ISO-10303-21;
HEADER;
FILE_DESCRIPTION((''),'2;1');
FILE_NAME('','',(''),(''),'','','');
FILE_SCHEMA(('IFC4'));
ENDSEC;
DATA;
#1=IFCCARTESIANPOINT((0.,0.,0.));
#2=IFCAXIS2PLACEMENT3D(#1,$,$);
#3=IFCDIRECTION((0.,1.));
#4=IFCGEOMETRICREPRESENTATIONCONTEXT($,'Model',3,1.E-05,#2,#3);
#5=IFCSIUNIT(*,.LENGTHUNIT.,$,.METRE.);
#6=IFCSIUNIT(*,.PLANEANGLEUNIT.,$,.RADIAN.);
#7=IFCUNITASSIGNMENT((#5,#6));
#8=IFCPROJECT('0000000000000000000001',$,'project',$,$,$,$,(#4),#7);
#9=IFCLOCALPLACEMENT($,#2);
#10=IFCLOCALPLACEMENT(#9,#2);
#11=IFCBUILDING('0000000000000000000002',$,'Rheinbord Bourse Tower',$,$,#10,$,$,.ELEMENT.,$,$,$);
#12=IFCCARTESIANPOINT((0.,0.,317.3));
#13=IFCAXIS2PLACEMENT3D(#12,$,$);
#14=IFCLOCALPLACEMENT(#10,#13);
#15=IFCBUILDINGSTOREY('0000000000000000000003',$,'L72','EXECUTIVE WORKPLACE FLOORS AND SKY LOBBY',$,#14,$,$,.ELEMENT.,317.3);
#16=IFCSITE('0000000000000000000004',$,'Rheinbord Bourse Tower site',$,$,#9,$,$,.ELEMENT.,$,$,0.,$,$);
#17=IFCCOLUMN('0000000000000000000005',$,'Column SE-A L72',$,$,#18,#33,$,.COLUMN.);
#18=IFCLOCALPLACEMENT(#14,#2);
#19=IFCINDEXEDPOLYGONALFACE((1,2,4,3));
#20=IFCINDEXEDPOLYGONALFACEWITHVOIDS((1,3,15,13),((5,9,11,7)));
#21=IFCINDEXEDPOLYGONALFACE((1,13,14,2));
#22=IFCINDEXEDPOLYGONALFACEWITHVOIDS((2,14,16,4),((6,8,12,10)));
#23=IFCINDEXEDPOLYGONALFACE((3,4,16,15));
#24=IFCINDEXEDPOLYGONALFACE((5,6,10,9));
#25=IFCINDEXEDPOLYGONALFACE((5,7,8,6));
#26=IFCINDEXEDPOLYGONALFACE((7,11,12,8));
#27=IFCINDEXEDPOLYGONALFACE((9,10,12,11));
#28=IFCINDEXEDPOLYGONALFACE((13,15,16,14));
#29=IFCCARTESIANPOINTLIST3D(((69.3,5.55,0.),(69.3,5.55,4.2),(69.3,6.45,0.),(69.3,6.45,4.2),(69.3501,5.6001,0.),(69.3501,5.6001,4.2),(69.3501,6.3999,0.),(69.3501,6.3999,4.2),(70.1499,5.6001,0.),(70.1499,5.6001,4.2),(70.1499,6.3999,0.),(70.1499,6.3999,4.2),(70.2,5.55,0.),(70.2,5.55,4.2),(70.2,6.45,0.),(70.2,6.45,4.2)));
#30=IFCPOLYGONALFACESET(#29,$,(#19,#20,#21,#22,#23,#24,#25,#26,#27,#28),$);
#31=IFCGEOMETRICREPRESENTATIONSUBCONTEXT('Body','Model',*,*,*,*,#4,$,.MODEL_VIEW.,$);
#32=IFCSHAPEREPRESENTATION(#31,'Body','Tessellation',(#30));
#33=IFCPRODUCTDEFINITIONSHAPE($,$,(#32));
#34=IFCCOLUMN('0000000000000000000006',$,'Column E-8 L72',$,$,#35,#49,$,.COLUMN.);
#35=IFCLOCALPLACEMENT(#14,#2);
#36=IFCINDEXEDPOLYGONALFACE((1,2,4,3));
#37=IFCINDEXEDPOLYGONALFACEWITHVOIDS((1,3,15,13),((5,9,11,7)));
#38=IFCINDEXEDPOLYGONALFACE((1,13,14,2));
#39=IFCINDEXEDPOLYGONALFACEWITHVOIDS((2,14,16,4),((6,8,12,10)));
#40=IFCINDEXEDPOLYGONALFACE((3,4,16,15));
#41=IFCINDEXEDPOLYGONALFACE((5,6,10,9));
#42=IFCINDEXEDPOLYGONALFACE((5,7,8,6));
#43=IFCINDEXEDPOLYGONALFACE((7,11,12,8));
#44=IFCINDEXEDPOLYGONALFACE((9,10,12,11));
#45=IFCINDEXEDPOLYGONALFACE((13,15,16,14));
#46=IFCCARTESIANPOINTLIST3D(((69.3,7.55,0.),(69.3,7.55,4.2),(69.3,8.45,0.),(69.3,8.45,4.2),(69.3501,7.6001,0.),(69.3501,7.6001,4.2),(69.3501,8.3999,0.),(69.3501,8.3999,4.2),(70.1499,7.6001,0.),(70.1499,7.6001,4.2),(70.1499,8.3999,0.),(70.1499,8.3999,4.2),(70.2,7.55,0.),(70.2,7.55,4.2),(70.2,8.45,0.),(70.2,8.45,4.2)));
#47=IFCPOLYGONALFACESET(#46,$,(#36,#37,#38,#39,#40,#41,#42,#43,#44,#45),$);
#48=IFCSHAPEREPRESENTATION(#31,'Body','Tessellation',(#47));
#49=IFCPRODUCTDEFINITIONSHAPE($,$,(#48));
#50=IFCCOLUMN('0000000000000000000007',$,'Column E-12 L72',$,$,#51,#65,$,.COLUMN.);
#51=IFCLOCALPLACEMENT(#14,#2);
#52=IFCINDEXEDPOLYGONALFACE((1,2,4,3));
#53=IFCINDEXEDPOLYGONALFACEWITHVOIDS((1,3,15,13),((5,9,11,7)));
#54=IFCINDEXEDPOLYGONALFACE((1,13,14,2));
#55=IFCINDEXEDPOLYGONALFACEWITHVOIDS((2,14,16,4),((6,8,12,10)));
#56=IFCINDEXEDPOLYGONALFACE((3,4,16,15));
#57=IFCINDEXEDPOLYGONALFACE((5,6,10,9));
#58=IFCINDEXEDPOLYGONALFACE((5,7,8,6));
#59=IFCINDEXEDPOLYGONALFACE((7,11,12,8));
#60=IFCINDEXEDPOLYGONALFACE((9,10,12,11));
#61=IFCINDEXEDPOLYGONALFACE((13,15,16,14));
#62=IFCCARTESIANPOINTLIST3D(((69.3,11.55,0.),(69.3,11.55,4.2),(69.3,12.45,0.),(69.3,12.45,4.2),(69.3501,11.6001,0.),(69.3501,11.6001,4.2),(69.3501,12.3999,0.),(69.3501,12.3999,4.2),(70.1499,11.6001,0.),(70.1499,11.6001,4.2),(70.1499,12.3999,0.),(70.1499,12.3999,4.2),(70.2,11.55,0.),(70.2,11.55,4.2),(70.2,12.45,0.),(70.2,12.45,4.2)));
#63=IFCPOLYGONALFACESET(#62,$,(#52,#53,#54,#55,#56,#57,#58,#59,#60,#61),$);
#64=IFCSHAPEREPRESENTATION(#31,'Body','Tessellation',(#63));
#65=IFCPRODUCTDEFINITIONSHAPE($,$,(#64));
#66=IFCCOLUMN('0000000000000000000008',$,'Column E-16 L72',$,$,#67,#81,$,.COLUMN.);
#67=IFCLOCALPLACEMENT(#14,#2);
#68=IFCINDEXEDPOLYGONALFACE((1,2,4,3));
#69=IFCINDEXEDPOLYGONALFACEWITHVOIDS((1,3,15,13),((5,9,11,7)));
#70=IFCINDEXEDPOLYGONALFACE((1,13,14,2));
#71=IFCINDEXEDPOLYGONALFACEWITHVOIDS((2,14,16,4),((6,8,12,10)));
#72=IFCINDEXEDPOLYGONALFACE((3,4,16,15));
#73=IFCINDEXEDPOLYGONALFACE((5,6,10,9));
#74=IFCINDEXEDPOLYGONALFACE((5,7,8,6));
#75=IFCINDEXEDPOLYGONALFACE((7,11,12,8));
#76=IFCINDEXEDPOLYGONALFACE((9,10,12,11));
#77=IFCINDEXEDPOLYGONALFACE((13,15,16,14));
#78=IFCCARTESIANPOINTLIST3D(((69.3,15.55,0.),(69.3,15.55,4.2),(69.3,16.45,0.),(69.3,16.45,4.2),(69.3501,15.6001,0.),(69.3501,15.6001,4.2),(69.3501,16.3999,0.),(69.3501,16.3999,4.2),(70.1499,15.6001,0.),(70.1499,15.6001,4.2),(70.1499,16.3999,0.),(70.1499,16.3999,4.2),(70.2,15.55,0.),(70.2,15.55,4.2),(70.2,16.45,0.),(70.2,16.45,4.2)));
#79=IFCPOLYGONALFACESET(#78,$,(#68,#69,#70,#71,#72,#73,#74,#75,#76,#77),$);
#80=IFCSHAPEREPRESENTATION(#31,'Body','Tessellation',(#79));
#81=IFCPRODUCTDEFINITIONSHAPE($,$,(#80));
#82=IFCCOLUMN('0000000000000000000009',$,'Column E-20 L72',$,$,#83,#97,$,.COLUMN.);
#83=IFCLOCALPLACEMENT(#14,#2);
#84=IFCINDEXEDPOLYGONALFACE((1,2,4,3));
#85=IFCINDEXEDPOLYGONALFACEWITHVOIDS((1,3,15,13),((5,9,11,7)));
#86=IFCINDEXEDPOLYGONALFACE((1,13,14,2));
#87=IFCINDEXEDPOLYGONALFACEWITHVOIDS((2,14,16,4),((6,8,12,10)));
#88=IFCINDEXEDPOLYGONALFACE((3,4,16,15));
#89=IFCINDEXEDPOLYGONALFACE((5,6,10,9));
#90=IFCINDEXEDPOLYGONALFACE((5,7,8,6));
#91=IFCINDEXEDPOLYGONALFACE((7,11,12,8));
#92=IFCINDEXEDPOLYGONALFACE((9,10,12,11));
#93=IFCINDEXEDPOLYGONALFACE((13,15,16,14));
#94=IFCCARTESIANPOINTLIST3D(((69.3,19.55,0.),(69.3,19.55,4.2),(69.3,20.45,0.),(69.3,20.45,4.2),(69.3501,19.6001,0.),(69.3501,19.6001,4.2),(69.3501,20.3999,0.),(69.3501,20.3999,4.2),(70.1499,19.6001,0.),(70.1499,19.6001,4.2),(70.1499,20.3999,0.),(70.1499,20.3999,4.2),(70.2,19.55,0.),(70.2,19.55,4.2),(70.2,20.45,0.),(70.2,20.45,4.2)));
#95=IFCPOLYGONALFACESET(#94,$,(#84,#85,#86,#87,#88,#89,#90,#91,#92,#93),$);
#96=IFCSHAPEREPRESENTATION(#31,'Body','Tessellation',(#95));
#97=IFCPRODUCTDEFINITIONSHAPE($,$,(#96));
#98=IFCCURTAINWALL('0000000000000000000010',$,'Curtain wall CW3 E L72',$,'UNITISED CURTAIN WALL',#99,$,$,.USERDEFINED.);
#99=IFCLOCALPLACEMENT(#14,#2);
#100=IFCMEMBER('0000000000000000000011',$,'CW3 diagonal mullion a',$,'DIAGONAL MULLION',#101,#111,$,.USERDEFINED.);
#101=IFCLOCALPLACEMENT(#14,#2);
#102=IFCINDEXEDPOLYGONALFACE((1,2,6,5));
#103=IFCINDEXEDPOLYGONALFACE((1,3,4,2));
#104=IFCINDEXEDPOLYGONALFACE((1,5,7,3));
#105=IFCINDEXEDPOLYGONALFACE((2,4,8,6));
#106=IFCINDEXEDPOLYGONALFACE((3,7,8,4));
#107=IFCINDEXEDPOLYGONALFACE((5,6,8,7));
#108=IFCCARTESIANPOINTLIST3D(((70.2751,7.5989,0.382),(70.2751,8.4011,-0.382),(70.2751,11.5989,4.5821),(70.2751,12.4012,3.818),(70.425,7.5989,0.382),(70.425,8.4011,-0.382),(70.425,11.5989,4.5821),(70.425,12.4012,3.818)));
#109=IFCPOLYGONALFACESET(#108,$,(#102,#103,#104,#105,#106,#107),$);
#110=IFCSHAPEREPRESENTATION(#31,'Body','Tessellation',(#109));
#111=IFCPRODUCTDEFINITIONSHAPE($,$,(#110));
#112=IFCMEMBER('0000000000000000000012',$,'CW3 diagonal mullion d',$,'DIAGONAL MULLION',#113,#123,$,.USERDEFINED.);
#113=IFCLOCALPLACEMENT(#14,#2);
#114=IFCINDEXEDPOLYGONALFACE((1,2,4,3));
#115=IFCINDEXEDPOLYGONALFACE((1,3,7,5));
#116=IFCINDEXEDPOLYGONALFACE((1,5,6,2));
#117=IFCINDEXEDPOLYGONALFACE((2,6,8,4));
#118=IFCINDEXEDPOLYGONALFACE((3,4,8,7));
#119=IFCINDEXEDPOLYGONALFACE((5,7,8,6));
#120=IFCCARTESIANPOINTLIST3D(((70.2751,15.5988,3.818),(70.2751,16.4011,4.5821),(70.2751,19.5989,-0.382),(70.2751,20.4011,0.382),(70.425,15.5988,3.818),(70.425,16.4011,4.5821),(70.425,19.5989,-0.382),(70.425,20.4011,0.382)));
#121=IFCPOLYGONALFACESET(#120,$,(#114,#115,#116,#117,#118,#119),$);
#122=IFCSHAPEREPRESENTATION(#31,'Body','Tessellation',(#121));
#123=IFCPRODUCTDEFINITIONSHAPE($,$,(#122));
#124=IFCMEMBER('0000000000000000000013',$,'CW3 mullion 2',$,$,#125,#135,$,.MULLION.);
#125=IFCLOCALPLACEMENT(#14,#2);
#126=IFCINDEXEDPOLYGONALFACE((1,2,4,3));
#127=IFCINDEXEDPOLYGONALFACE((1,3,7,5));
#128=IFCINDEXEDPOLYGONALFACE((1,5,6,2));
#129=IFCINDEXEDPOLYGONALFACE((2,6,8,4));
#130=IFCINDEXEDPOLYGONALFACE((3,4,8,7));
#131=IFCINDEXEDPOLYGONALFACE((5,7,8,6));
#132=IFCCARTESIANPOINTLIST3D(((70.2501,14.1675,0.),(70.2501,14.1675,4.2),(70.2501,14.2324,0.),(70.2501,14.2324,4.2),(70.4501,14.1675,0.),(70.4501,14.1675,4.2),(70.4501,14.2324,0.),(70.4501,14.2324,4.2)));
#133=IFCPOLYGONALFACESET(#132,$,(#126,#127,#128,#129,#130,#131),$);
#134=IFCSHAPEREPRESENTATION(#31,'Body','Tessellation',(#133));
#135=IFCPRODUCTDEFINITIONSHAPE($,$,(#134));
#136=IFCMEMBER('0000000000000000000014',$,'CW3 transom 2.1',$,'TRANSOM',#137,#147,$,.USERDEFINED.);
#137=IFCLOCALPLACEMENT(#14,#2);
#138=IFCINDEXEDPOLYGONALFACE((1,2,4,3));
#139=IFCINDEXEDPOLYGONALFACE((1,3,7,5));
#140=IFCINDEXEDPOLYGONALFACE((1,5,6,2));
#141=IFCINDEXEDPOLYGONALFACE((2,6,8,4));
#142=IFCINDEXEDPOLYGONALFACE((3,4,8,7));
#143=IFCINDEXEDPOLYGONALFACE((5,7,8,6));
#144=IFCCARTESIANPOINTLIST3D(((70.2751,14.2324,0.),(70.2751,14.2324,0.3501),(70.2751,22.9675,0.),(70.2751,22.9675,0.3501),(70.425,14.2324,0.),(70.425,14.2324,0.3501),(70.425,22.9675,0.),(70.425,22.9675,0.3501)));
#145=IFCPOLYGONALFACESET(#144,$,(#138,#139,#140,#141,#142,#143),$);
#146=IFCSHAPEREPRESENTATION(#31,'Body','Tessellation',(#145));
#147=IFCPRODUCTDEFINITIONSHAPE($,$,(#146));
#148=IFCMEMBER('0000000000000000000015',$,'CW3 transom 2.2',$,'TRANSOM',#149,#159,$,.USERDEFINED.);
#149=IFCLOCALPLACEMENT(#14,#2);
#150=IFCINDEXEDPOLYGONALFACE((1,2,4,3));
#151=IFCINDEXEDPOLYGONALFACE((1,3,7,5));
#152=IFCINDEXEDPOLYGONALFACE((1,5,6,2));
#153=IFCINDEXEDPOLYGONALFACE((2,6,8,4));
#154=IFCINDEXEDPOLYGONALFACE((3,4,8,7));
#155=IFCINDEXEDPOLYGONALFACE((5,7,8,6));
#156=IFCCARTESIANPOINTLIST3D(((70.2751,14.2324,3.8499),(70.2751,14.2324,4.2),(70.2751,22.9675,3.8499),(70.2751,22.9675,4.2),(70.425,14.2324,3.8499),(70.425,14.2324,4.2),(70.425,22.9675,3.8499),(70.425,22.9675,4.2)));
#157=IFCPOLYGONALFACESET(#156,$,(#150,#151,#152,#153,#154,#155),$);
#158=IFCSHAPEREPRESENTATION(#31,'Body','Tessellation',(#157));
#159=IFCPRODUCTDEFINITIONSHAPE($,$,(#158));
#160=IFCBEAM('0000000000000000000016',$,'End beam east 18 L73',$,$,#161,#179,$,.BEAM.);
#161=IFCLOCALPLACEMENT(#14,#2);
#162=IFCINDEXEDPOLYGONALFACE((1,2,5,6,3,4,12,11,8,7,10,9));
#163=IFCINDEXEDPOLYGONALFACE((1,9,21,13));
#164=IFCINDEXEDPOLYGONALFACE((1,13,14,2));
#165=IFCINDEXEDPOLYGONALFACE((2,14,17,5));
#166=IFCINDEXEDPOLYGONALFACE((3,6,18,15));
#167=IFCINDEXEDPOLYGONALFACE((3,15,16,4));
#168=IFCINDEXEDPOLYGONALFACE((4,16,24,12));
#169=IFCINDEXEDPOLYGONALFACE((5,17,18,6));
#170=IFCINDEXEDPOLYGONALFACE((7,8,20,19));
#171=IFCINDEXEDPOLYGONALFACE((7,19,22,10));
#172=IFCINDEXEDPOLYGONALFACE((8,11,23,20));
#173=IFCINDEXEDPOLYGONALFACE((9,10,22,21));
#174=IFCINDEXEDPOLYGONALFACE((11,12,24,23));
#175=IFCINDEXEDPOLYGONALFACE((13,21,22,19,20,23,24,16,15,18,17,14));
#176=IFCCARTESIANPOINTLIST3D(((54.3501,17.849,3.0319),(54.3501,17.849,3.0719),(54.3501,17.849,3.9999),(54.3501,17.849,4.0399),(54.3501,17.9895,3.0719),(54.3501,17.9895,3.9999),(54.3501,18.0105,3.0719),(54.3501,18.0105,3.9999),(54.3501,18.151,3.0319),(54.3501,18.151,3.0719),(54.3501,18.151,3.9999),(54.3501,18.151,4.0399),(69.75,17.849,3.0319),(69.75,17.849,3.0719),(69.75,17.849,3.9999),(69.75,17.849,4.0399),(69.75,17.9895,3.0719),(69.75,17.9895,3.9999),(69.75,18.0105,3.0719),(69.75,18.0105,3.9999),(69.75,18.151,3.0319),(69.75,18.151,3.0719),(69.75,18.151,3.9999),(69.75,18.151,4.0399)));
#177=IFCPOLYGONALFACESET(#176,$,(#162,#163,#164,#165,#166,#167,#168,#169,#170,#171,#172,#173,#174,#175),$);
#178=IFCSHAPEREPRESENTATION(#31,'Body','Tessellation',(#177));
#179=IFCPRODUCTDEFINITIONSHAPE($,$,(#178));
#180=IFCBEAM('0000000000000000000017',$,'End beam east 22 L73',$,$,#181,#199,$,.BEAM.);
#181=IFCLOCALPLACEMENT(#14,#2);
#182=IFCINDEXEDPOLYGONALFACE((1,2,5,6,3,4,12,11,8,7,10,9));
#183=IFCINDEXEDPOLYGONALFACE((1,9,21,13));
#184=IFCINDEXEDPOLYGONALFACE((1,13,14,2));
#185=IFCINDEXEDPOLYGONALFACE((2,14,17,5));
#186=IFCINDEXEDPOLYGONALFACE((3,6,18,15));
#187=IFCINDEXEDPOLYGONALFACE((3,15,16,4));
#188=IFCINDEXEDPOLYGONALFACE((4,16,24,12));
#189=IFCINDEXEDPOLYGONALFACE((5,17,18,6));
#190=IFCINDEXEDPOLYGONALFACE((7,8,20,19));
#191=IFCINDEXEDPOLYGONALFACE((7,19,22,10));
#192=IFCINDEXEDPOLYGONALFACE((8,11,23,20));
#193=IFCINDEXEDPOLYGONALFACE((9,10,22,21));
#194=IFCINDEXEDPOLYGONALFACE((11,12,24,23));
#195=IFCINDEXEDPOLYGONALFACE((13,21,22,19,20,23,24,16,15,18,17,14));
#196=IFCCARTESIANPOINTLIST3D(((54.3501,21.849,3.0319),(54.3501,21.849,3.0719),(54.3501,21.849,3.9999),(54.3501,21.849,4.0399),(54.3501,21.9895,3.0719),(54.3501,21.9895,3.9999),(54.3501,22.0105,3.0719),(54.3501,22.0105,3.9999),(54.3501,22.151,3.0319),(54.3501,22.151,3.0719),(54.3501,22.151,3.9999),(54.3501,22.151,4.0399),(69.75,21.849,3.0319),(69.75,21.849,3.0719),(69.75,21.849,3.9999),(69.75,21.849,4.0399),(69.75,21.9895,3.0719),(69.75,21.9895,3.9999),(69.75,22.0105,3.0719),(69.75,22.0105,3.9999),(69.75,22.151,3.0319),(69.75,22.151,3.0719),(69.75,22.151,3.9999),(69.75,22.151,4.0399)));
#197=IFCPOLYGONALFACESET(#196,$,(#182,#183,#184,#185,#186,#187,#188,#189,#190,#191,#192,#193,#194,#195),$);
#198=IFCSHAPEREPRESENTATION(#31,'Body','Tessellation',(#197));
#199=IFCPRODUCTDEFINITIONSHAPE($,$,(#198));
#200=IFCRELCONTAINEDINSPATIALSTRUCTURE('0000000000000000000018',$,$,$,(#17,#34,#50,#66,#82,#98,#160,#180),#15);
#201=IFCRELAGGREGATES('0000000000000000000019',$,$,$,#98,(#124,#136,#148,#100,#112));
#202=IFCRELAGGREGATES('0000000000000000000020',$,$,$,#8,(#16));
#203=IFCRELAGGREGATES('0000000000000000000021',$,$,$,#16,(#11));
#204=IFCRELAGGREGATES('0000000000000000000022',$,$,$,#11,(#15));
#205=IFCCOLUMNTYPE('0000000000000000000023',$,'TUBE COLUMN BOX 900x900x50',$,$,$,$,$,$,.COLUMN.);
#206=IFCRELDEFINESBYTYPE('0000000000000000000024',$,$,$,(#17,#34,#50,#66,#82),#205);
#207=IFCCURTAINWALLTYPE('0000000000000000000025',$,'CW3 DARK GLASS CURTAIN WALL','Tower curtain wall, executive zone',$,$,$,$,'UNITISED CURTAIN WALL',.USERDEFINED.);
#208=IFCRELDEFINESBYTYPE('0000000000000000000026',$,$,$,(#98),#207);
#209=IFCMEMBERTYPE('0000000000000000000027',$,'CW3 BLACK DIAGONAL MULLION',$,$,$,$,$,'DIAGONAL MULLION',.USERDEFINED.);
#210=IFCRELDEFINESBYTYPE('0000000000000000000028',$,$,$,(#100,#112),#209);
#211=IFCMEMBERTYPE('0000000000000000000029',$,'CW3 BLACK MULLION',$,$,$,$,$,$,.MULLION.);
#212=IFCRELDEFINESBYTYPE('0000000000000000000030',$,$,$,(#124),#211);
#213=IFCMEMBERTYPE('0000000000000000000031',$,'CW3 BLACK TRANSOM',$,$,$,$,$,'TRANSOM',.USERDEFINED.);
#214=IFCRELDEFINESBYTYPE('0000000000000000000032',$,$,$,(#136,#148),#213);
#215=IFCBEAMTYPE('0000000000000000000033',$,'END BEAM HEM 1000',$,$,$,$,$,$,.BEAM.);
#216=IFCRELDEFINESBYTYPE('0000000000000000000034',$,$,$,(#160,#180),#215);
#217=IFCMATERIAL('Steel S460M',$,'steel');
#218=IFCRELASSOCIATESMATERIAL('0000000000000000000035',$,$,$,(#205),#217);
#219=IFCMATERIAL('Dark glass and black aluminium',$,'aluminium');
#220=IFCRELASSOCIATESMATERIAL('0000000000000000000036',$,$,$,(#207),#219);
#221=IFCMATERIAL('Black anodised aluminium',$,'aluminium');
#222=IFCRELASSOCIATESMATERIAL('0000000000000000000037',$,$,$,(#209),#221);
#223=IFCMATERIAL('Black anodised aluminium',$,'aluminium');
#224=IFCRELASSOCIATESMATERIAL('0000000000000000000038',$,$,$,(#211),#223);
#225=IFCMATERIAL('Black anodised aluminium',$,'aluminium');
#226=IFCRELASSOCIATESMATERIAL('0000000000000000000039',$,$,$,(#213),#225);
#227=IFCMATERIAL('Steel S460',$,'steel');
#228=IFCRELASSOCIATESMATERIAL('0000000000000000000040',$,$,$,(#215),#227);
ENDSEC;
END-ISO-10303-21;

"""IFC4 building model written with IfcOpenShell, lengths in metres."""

from ifc_helpers import new_model, si_unit, direction, frame, origin, origin_2d, place, context, subcontext, project, spatial, rectangle, hollow_rectangle, i_section, extrude, material, material_profile, profile_set, type_object, element, aggregate, save


model = new_model("IFC4")

# Units and contexts
model_context = context("Model", 3, precision=1e-05, world=origin(), true_north=direction((0.0, 1.0)))
body_context = subcontext(model_context, "Body", "Model", "MODEL_VIEW")
ifc_project = project(units=[si_unit("LENGTHUNIT", "METRE"), si_unit("PLANEANGLEUNIT", "RADIAN")], contexts=[model_context])

# Site, building, storey
site_placement = place(None, origin())
site = spatial("IfcSite", under=ifc_project, at=site_placement, Name="Rheinbord Bourse Tower site", CompositionType="ELEMENT", RefElevation=0.0)
building_placement = place(site_placement, origin())
building = spatial("IfcBuilding", under=site, at=building_placement, Name="Rheinbord Bourse Tower", CompositionType="ELEMENT")
storey_placement = place(building_placement, frame((0.0, 0.0, 317.3)))
storey = spatial("IfcBuildingStorey", under=building, at=storey_placement, Name="L72", Description="EXECUTIVE WORKPLACE FLOORS AND SKY LOBBY", CompositionType="ELEMENT", Elevation=317.3)

# Columns
ifc_material_1 = material(Name="Steel S460M", Category="steel")
ifc_material_profile_1 = material_profile(ifc_material_1, hollow_rectangle(XDim=0.8999, YDim=0.8999, WallThickness=0.05, at=origin_2d()), Name="BOX 900x900x50")
ifc_profile_set_1 = profile_set([ifc_material_profile_1], Name="Steel S460M")
column_type = type_object("IfcColumnType", Name="TUBE COLUMN BOX 900x900x50", PredefinedType="COLUMN", material=ifc_profile_set_1)
for number, where, z_axis, x_axis, name in (
    (1, (69.75, 6.0, 0.0), (0.0, 0.0, 1.0), (1.0, 0.0, 0.0), "Column SE-A L72"),
    (2, (69.75, 8.0, 0.0), (0.0, 0.0, 1.0), (1.0, 0.0, 0.0), "Column E-8 L72"),
    (3, (69.75, 12.0, 0.0), (0.0, 0.0, 1.0), (1.0, 0.0, 0.0), "Column E-12 L72"),
    (4, (69.75, 16.0, 0.0), (0.0, 0.0, 1.0), (1.0, 0.0, 0.0), "Column E-16 L72"),
    (5, (69.75, 20.0, 0.0), (0.0, 0.0, 1.0), (1.0, 0.0, 0.0), "Column E-20 L72"),
):
    element("IfcColumn", number, at=place(storey_placement, frame(where, z_axis=z_axis, x_axis=x_axis)), inside=storey, type_object=column_type, Name=name, PredefinedType="COLUMN", context=body_context, shape_type="SweptSolid", body=[
        extrude(hollow_rectangle(XDim=0.8999, YDim=0.8999, WallThickness=0.05, at=origin_2d()), origin(), (0.0, 0.0, 1.0), 4.2),
    ])

# Curtain wall, members
ifc_material_2 = material(Name="Dark glass and black aluminium", Category="aluminium")
curtain_wall_type = type_object("IfcCurtainWallType", Name="CW3 DARK GLASS CURTAIN WALL", Description="Tower curtain wall, executive zone", ElementType="UNITISED CURTAIN WALL", PredefinedType="USERDEFINED", material=ifc_material_2)
curtain_wall_placement = place(storey_placement, origin())
curtain_wall = element("IfcCurtainWall", 6, at=curtain_wall_placement, inside=storey, type_object=curtain_wall_type, Name="Curtain wall CW3 E L72", ObjectType="UNITISED CURTAIN WALL", PredefinedType="USERDEFINED")
ifc_material_3 = material(Name="Black anodised aluminium", Category="aluminium")
ifc_material_profile_2 = material_profile(ifc_material_3, rectangle(XDim=0.1499, YDim=1.1079, at=origin_2d()), Name="CW3 DIAGONAL MULLION 1108x150")
ifc_profile_set_2 = profile_set([ifc_material_profile_2], Name="Black anodised aluminium")
member_type_1 = type_object("IfcMemberType", Name="CW3 BLACK DIAGONAL MULLION", ElementType="DIAGONAL MULLION", PredefinedType="USERDEFINED", material=ifc_profile_set_2)
member_1_placement = place(storey_placement, frame((70.3501, 8.0, 0.0), z_axis=(0.0, 0.689659, 0.724134), x_axis=(-1.0, 0.0, 0.0)))
member_1 = element("IfcMember", 7, at=member_1_placement, type_object=member_type_1, Name="CW3 diagonal mullion a", ObjectType="DIAGONAL MULLION", PredefinedType="USERDEFINED", context=body_context, shape_type="SweptSolid", body=[
    extrude(rectangle(XDim=0.1499, YDim=1.1079, at=origin_2d()), origin(), (0.0, 0.0, 1.0), 5.8),
])
member_2_placement = place(storey_placement, frame((70.3501, 20.0, 0.0), z_axis=(0.0, -0.689659, 0.724134), x_axis=(1.0, 0.0, 0.0)))
member_2 = element("IfcMember", 8, at=member_2_placement, type_object=member_type_1, Name="CW3 diagonal mullion d", ObjectType="DIAGONAL MULLION", PredefinedType="USERDEFINED", context=body_context, shape_type="SweptSolid", body=[
    extrude(rectangle(XDim=0.1499, YDim=1.1079, at=origin_2d()), origin(), (0.0, 0.0, 1.0), 5.8),
])
ifc_material_4 = material(Name="Black anodised aluminium", Category="aluminium")
ifc_material_profile_3 = material_profile(ifc_material_4, rectangle(XDim=0.2, YDim=0.0649, at=origin_2d()), Name="CW3 MULLION 65x200")
ifc_profile_set_3 = profile_set([ifc_material_profile_3], Name="Black anodised aluminium")
member_type_2 = type_object("IfcMemberType", Name="CW3 BLACK MULLION", PredefinedType="MULLION", material=ifc_profile_set_3)
member_3_placement = place(storey_placement, frame((70.3501, 14.2, 0.0), z_axis=(0.0, 0.0, 1.0), x_axis=(-1.0, 0.0, 0.0)))
member_3 = element("IfcMember", 9, at=member_3_placement, type_object=member_type_2, Name="CW3 mullion 2", PredefinedType="MULLION", context=body_context, shape_type="SweptSolid", body=[
    extrude(rectangle(XDim=0.2, YDim=0.0649, at=origin_2d()), origin(), (0.0, 0.0, 1.0), 4.2),
])
ifc_material_5 = material(Name="Black anodised aluminium", Category="aluminium")
ifc_material_profile_4 = material_profile(ifc_material_5, rectangle(XDim=0.1499, YDim=0.3501, at=origin_2d()), Name="CW3 TRANSOM 350x150")
ifc_profile_set_4 = profile_set([ifc_material_profile_4], Name="Black anodised aluminium")
member_type_3 = type_object("IfcMemberType", Name="CW3 BLACK TRANSOM", ElementType="TRANSOM", PredefinedType="USERDEFINED", material=ifc_profile_set_4)
member_4_placement = place(storey_placement, frame((70.3501, 14.2324, 0.175), z_axis=(0.0, 1.0, 0.0), x_axis=(-1.0, 0.0, 0.0)))
member_4 = element("IfcMember", 10, at=member_4_placement, type_object=member_type_3, Name="CW3 transom 2.1", ObjectType="TRANSOM", PredefinedType="USERDEFINED", context=body_context, shape_type="SweptSolid", body=[
    extrude(rectangle(XDim=0.1499, YDim=0.3501, at=origin_2d()), origin(), (0.0, 0.0, 1.0), 8.7351),
])
member_5_placement = place(storey_placement, frame((70.3501, 14.2324, 4.0249), z_axis=(0.0, 1.0, 0.0), x_axis=(-1.0, 0.0, 0.0)))
member_5 = element("IfcMember", 11, at=member_5_placement, type_object=member_type_3, Name="CW3 transom 2.2", ObjectType="TRANSOM", PredefinedType="USERDEFINED", context=body_context, shape_type="SweptSolid", body=[
    extrude(rectangle(XDim=0.1499, YDim=0.3501, at=origin_2d()), origin(), (0.0, 0.0, 1.0), 8.7351),
])

# Beams
ifc_material_6 = material(Name="Steel S460", Category="steel")
ifc_material_profile_5 = material_profile(ifc_material_6, i_section(OverallWidth=0.302, OverallDepth=1.0081, WebThickness=0.021, FlangeThickness=0.04, at=origin_2d()), Name="HEM 1000")
ifc_profile_set_5 = profile_set([ifc_material_profile_5], Name="Steel S460")
beam_type_1 = type_object("IfcBeamType", Name="END BEAM HEM 1000", PredefinedType="BEAM", material=ifc_profile_set_5)
for number, where, z_axis, x_axis, name in (
    (12, (54.3501, 18.0, 3.5359), (1.0, 0.0, 0.0), (0.0, 1.0, 0.0), "End beam east 18 L73"),
    (13, (54.3501, 22.0, 3.5359), (1.0, 0.0, 0.0), (0.0, 1.0, 0.0), "End beam east 22 L73"),
):
    element("IfcBeam", number, at=place(storey_placement, frame(where, z_axis=z_axis, x_axis=x_axis)), inside=storey, type_object=beam_type_1, Name=name, PredefinedType="BEAM", context=body_context, shape_type="SweptSolid", body=[
        extrude(i_section(OverallWidth=0.302, OverallDepth=1.0081, WebThickness=0.021, FlangeThickness=0.04, at=origin_2d()), origin(), (0.0, 0.0, 1.0), 15.3999),
    ])

aggregate(curtain_wall, [member_3, member_4, member_5, member_1, member_2])

save(model, "model.ifc")
